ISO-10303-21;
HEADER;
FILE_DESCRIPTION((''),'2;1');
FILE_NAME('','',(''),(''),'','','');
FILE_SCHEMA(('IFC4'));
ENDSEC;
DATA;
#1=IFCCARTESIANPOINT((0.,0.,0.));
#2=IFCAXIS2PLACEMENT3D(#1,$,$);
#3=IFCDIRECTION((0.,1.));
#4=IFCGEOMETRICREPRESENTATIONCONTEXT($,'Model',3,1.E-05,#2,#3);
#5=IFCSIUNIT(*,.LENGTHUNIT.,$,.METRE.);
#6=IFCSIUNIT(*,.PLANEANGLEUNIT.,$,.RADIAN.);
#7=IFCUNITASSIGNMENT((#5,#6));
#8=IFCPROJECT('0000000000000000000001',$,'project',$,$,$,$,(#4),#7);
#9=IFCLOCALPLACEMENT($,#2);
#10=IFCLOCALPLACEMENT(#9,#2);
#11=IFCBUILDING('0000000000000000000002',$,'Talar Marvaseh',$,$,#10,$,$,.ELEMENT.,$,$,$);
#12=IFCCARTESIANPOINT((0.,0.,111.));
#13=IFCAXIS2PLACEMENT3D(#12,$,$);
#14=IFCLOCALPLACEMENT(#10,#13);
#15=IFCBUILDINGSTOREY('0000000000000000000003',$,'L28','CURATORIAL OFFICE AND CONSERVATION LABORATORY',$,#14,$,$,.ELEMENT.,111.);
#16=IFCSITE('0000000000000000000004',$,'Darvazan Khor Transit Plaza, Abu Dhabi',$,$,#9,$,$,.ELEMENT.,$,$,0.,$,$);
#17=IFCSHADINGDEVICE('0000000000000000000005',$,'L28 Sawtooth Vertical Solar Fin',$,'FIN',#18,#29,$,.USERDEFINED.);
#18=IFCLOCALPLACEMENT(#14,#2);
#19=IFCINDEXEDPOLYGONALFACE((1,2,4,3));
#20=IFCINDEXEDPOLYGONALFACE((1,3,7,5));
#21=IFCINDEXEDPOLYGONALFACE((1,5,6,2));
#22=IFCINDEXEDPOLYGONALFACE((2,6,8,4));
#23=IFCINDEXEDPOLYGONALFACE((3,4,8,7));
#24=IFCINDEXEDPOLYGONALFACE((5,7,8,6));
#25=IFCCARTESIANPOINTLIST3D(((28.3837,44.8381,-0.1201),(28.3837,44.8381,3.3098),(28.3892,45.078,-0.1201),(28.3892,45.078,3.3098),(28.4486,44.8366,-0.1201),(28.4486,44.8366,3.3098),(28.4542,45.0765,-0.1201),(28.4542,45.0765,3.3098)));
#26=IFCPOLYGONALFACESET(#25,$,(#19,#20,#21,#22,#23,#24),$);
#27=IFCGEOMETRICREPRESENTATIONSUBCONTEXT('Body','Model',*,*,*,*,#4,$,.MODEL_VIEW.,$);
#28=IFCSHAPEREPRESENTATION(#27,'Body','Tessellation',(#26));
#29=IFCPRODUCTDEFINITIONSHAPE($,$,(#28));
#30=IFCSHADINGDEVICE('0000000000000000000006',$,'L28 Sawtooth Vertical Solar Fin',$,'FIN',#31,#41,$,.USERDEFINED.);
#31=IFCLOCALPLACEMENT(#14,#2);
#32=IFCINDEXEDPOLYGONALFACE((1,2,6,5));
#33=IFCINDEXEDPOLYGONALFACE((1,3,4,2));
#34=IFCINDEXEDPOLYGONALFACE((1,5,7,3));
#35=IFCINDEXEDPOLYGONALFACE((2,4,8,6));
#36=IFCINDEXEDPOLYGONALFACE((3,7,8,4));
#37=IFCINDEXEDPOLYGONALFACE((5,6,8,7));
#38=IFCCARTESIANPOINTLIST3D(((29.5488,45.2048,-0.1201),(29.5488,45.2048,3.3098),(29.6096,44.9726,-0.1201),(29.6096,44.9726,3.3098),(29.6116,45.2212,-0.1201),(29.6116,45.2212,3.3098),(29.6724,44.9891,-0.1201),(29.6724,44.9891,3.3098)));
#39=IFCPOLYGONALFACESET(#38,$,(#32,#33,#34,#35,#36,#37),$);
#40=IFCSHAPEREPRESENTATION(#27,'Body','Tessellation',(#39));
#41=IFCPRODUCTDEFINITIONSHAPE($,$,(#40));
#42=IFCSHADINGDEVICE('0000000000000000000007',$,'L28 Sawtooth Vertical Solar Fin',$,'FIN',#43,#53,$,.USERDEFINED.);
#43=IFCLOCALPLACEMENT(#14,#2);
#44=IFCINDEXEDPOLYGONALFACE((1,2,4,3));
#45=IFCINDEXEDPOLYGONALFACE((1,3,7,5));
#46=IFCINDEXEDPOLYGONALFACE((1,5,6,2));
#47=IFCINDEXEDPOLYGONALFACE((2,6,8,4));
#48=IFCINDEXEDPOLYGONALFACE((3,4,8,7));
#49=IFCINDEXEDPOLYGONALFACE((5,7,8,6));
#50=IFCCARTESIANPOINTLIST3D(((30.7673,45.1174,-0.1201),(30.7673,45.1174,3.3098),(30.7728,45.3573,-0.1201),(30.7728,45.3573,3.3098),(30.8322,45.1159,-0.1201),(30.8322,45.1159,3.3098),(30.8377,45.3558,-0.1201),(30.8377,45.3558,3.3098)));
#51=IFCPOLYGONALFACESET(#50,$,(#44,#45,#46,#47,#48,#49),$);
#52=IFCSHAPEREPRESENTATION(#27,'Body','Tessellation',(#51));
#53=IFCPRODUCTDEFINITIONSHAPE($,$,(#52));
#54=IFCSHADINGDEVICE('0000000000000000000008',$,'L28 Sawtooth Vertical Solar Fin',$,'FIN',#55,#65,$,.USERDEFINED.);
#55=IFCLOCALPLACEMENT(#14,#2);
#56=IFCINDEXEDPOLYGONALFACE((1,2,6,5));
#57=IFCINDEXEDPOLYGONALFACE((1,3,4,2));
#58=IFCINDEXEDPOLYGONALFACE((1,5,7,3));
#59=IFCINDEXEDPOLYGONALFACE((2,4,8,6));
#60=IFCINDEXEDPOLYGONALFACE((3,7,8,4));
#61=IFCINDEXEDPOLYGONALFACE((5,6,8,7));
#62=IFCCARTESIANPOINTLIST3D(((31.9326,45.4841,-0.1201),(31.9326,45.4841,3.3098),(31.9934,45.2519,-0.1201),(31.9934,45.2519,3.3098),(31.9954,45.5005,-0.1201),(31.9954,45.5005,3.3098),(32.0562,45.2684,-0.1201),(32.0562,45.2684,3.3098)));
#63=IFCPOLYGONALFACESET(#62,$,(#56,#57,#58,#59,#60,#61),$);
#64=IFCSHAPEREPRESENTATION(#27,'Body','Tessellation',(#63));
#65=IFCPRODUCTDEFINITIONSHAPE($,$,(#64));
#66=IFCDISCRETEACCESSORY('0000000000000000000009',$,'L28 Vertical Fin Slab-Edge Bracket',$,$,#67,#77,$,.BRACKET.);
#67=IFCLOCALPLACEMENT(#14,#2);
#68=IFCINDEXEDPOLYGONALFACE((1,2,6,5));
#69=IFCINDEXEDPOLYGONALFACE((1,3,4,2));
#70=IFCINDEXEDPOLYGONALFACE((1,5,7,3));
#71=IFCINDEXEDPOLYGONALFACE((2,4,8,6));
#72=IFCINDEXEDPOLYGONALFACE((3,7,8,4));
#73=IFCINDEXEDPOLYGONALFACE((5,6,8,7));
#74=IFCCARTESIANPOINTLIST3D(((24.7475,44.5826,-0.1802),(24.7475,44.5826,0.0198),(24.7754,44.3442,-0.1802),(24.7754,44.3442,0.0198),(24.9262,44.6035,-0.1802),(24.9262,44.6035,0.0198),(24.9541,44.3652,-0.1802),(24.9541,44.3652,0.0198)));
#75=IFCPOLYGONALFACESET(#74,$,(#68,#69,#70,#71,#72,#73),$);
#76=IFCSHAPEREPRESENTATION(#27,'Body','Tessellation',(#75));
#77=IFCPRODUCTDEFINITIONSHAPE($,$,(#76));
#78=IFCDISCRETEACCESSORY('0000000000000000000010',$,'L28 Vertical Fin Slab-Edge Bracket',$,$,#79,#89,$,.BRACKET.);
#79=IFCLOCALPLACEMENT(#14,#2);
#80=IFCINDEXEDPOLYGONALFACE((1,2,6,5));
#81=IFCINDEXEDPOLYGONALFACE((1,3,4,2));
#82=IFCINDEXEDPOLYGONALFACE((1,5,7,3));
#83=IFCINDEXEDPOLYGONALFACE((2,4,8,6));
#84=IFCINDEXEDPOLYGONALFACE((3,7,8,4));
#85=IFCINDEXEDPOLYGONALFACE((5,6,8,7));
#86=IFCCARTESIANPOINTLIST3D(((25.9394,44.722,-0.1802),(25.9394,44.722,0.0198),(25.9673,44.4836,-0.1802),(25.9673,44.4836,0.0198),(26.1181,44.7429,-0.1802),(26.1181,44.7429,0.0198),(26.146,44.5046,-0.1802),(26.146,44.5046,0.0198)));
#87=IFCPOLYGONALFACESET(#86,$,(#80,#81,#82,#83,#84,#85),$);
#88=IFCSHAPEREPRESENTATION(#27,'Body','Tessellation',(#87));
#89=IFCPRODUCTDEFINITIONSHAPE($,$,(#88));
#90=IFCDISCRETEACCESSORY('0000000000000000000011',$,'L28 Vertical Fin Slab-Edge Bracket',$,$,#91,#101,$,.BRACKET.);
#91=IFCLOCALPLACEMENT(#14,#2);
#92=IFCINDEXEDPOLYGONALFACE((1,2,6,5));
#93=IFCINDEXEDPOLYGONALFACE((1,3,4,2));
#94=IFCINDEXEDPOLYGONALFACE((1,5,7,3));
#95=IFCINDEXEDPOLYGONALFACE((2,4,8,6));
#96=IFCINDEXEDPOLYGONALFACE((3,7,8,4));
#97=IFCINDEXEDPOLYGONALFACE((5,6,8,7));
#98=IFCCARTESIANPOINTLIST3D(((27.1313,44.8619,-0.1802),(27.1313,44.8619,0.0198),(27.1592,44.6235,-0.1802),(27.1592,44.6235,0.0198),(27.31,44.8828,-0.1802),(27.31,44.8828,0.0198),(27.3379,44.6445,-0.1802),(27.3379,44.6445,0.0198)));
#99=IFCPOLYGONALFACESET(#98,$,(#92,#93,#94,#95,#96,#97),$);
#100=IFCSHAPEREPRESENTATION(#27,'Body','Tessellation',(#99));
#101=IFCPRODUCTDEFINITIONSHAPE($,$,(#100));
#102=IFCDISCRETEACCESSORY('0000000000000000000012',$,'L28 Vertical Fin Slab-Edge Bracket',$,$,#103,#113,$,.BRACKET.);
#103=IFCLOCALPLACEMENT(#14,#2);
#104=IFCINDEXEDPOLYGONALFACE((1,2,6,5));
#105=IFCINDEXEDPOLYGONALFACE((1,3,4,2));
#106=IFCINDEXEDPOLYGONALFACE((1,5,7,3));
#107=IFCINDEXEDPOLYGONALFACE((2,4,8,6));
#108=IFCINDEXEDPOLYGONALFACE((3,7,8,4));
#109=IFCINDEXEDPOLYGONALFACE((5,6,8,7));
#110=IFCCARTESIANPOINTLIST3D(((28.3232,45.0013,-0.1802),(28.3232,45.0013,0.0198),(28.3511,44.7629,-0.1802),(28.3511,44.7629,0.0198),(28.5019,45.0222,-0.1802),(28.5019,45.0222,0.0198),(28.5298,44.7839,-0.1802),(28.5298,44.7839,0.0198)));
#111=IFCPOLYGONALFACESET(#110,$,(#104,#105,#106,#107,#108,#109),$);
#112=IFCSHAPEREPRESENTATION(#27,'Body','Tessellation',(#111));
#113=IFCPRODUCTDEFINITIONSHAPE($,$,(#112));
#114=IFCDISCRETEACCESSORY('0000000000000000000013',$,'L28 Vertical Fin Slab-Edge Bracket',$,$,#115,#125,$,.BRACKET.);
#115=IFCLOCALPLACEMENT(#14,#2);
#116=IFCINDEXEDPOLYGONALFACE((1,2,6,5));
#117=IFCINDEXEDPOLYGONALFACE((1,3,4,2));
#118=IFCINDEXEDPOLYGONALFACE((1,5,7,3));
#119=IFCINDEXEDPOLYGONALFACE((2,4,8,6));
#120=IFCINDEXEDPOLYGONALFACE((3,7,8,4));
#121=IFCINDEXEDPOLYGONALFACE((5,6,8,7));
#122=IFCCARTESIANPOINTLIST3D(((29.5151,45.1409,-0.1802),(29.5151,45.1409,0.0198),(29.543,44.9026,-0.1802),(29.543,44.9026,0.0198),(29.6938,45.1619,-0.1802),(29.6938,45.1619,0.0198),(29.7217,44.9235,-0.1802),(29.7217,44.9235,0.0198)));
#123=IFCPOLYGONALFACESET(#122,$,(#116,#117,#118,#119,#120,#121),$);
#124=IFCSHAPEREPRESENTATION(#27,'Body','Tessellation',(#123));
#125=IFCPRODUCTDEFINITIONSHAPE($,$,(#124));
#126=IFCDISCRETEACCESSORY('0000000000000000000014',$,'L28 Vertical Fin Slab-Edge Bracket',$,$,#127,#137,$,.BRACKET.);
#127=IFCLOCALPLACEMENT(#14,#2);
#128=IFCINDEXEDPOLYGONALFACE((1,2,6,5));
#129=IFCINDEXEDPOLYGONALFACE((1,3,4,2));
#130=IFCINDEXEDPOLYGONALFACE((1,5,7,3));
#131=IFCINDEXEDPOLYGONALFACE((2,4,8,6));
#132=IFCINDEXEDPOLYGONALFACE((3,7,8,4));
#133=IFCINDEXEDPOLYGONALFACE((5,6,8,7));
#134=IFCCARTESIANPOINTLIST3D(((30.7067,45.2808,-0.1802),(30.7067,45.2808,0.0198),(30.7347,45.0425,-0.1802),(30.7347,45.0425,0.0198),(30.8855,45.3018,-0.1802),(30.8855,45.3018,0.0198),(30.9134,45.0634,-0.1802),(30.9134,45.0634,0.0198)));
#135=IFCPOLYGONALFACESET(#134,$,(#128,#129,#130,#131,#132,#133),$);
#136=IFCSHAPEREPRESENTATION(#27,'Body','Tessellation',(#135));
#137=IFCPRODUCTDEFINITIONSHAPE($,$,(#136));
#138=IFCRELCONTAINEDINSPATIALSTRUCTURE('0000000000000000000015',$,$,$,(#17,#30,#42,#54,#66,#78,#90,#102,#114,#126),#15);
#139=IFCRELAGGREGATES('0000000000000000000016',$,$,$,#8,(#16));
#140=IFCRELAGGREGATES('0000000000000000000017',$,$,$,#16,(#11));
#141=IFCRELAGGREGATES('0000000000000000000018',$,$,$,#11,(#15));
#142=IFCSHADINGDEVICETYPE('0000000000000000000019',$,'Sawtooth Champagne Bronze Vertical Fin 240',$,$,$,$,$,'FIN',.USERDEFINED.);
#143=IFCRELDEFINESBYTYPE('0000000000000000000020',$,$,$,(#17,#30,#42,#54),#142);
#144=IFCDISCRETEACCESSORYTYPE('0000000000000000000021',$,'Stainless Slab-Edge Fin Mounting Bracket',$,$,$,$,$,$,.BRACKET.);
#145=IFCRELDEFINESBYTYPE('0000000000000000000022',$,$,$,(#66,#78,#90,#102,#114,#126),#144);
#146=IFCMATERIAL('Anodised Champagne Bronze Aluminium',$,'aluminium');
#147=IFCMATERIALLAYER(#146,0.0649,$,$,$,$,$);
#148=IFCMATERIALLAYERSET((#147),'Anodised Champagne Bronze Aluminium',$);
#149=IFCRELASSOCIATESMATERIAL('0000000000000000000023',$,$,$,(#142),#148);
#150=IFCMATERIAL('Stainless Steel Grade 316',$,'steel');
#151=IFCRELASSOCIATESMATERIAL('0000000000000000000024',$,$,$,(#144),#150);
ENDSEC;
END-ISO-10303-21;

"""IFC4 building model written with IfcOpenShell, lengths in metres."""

from ifc_helpers import new_model, si_unit, direction, frame, origin, origin_2d, place, context, subcontext, project, spatial, rectangle, extrude, source, transform, mapped, material, layer, layer_set, type_object, type_shapes, element, save


model = new_model("IFC4")

# Units and contexts
model_context = context("Model", 3, precision=1e-05, world=origin(), true_north=direction((0.0, 1.0)))
body_context = subcontext(model_context, "Body", "Model", "MODEL_VIEW")
ifc_project = project(units=[si_unit("LENGTHUNIT", "METRE"), si_unit("PLANEANGLEUNIT", "RADIAN")], contexts=[model_context])

# Site, building, storey
site_placement = place(None, origin())
site = spatial("IfcSite", under=ifc_project, at=site_placement, Name="Darvazan Khor Transit Plaza, Abu Dhabi", CompositionType="ELEMENT", RefElevation=0.0)
building_placement = place(site_placement, origin())
building = spatial("IfcBuilding", under=site, at=building_placement, Name="Talar Marvaseh", CompositionType="ELEMENT")
storey_placement = place(building_placement, frame((0.0, 0.0, 111.0)))
storey = spatial("IfcBuildingStorey", under=building, at=storey_placement, Name="L28", Description="CURATORIAL OFFICE AND CONSERVATION LABORATORY", CompositionType="ELEMENT", Elevation=111.0)

# Shading devices
ifc_material_1 = material(Name="Anodised Champagne Bronze Aluminium", Category="aluminium")
ifc_layer_1 = layer(ifc_material_1, 0.0649)
ifc_layer_set_1 = layer_set([ifc_layer_1], Name="Anodised Champagne Bronze Aluminium")
shading_device_type = type_object("IfcShadingDeviceType", Name="Sawtooth Champagne Bronze Vertical Fin 240", ElementType="FIN", PredefinedType="USERDEFINED", material=ifc_layer_set_1)
shared_shape_1 = source(origin(), body_context, "Body", "SweptSolid", [
    extrude(rectangle(XDim=0.24, YDim=0.0649, at=origin_2d()), origin(), (0.0, 0.0, 1.0), 3.4299),
])
type_shapes(shading_device_type, [shared_shape_1])
for number, where, z_axis, x_axis, name in (
    (1, (28.4189, 44.9573, -0.1201), (0.0, 0.0, 1.0), (0.023036, 0.999735, 0.0), "L28 Sawtooth Vertical Solar Fin"),
    (2, (29.6106, 45.0969, -0.1201), (0.0, 0.0, 1.0), (-0.25342, 0.967356, 0.0), "L28 Sawtooth Vertical Solar Fin"),
    (3, (30.8025, 45.2366, -0.1201), (0.0, 0.0, 1.0), (0.023036, 0.999735, 0.0), "L28 Sawtooth Vertical Solar Fin"),
    (4, (31.9944, 45.3762, -0.1201), (0.0, 0.0, 1.0), (-0.25342, 0.967356, 0.0), "L28 Sawtooth Vertical Solar Fin"),
):
    element("IfcShadingDevice", number, at=place(storey_placement, frame(where, z_axis=z_axis, x_axis=x_axis)), inside=storey, type_object=shading_device_type, Name=name, ObjectType="FIN", PredefinedType="USERDEFINED", context=body_context, shape_type="MappedRepresentation", body=[
        mapped(shared_shape_1, transform((0.0, 0.0, 0.0), x_axis=(1.0, 0.0, 0.0), y_axis=(0.0, 1.0, 0.0), z_axis=(0.0, 0.0, 1.0), scale=1.0)),
    ])

# Discrete accessories
ifc_material_2 = material(Name="Stainless Steel Grade 316", Category="steel")
discrete_accessory_type = type_object("IfcDiscreteAccessoryType", Name="Stainless Slab-Edge Fin Mounting Bracket", PredefinedType="BRACKET", material=ifc_material_2)
shared_shape_2 = source(origin(), body_context, "Body", "SweptSolid", [
    extrude(rectangle(XDim=0.24, YDim=0.1799, at=origin_2d()), origin(), (0.0, 0.0, 1.0), 0.2),
])
type_shapes(discrete_accessory_type, [shared_shape_2])
for number, where, z_axis, x_axis, name in (
    (5, (24.8508, 44.4739, -0.1802), (0.0, 0.0, 1.0), (-0.116324, 0.993211, 0.0), "L28 Vertical Fin Slab-Edge Bracket"),
    (6, (26.0427, 44.6133, -0.1802), (0.0, 0.0, 1.0), (-0.116324, 0.993211, 0.0), "L28 Vertical Fin Slab-Edge Bracket"),
    (7, (27.2346, 44.7532, -0.1802), (0.0, 0.0, 1.0), (-0.116324, 0.993211, 0.0), "L28 Vertical Fin Slab-Edge Bracket"),
    (8, (28.4265, 44.8926, -0.1802), (0.0, 0.0, 1.0), (-0.116324, 0.993211, 0.0), "L28 Vertical Fin Slab-Edge Bracket"),
    (9, (29.6184, 45.0322, -0.1802), (0.0, 0.0, 1.0), (-0.116324, 0.993211, 0.0), "L28 Vertical Fin Slab-Edge Bracket"),
    (10, (30.8101, 45.1721, -0.1802), (0.0, 0.0, 1.0), (-0.116324, 0.993211, 0.0), "L28 Vertical Fin Slab-Edge Bracket"),
):
    element("IfcDiscreteAccessory", number, at=place(storey_placement, frame(where, z_axis=z_axis, x_axis=x_axis)), inside=storey, type_object=discrete_accessory_type, Name=name, PredefinedType="BRACKET", context=body_context, shape_type="MappedRepresentation", body=[
        mapped(shared_shape_2, transform((0.0, 0.0, 0.0), x_axis=(1.0, 0.0, 0.0), y_axis=(0.0, 1.0, 0.0), z_axis=(0.0, 0.0, 1.0), scale=1.0)),
    ])

save(model, "model.ifc")
